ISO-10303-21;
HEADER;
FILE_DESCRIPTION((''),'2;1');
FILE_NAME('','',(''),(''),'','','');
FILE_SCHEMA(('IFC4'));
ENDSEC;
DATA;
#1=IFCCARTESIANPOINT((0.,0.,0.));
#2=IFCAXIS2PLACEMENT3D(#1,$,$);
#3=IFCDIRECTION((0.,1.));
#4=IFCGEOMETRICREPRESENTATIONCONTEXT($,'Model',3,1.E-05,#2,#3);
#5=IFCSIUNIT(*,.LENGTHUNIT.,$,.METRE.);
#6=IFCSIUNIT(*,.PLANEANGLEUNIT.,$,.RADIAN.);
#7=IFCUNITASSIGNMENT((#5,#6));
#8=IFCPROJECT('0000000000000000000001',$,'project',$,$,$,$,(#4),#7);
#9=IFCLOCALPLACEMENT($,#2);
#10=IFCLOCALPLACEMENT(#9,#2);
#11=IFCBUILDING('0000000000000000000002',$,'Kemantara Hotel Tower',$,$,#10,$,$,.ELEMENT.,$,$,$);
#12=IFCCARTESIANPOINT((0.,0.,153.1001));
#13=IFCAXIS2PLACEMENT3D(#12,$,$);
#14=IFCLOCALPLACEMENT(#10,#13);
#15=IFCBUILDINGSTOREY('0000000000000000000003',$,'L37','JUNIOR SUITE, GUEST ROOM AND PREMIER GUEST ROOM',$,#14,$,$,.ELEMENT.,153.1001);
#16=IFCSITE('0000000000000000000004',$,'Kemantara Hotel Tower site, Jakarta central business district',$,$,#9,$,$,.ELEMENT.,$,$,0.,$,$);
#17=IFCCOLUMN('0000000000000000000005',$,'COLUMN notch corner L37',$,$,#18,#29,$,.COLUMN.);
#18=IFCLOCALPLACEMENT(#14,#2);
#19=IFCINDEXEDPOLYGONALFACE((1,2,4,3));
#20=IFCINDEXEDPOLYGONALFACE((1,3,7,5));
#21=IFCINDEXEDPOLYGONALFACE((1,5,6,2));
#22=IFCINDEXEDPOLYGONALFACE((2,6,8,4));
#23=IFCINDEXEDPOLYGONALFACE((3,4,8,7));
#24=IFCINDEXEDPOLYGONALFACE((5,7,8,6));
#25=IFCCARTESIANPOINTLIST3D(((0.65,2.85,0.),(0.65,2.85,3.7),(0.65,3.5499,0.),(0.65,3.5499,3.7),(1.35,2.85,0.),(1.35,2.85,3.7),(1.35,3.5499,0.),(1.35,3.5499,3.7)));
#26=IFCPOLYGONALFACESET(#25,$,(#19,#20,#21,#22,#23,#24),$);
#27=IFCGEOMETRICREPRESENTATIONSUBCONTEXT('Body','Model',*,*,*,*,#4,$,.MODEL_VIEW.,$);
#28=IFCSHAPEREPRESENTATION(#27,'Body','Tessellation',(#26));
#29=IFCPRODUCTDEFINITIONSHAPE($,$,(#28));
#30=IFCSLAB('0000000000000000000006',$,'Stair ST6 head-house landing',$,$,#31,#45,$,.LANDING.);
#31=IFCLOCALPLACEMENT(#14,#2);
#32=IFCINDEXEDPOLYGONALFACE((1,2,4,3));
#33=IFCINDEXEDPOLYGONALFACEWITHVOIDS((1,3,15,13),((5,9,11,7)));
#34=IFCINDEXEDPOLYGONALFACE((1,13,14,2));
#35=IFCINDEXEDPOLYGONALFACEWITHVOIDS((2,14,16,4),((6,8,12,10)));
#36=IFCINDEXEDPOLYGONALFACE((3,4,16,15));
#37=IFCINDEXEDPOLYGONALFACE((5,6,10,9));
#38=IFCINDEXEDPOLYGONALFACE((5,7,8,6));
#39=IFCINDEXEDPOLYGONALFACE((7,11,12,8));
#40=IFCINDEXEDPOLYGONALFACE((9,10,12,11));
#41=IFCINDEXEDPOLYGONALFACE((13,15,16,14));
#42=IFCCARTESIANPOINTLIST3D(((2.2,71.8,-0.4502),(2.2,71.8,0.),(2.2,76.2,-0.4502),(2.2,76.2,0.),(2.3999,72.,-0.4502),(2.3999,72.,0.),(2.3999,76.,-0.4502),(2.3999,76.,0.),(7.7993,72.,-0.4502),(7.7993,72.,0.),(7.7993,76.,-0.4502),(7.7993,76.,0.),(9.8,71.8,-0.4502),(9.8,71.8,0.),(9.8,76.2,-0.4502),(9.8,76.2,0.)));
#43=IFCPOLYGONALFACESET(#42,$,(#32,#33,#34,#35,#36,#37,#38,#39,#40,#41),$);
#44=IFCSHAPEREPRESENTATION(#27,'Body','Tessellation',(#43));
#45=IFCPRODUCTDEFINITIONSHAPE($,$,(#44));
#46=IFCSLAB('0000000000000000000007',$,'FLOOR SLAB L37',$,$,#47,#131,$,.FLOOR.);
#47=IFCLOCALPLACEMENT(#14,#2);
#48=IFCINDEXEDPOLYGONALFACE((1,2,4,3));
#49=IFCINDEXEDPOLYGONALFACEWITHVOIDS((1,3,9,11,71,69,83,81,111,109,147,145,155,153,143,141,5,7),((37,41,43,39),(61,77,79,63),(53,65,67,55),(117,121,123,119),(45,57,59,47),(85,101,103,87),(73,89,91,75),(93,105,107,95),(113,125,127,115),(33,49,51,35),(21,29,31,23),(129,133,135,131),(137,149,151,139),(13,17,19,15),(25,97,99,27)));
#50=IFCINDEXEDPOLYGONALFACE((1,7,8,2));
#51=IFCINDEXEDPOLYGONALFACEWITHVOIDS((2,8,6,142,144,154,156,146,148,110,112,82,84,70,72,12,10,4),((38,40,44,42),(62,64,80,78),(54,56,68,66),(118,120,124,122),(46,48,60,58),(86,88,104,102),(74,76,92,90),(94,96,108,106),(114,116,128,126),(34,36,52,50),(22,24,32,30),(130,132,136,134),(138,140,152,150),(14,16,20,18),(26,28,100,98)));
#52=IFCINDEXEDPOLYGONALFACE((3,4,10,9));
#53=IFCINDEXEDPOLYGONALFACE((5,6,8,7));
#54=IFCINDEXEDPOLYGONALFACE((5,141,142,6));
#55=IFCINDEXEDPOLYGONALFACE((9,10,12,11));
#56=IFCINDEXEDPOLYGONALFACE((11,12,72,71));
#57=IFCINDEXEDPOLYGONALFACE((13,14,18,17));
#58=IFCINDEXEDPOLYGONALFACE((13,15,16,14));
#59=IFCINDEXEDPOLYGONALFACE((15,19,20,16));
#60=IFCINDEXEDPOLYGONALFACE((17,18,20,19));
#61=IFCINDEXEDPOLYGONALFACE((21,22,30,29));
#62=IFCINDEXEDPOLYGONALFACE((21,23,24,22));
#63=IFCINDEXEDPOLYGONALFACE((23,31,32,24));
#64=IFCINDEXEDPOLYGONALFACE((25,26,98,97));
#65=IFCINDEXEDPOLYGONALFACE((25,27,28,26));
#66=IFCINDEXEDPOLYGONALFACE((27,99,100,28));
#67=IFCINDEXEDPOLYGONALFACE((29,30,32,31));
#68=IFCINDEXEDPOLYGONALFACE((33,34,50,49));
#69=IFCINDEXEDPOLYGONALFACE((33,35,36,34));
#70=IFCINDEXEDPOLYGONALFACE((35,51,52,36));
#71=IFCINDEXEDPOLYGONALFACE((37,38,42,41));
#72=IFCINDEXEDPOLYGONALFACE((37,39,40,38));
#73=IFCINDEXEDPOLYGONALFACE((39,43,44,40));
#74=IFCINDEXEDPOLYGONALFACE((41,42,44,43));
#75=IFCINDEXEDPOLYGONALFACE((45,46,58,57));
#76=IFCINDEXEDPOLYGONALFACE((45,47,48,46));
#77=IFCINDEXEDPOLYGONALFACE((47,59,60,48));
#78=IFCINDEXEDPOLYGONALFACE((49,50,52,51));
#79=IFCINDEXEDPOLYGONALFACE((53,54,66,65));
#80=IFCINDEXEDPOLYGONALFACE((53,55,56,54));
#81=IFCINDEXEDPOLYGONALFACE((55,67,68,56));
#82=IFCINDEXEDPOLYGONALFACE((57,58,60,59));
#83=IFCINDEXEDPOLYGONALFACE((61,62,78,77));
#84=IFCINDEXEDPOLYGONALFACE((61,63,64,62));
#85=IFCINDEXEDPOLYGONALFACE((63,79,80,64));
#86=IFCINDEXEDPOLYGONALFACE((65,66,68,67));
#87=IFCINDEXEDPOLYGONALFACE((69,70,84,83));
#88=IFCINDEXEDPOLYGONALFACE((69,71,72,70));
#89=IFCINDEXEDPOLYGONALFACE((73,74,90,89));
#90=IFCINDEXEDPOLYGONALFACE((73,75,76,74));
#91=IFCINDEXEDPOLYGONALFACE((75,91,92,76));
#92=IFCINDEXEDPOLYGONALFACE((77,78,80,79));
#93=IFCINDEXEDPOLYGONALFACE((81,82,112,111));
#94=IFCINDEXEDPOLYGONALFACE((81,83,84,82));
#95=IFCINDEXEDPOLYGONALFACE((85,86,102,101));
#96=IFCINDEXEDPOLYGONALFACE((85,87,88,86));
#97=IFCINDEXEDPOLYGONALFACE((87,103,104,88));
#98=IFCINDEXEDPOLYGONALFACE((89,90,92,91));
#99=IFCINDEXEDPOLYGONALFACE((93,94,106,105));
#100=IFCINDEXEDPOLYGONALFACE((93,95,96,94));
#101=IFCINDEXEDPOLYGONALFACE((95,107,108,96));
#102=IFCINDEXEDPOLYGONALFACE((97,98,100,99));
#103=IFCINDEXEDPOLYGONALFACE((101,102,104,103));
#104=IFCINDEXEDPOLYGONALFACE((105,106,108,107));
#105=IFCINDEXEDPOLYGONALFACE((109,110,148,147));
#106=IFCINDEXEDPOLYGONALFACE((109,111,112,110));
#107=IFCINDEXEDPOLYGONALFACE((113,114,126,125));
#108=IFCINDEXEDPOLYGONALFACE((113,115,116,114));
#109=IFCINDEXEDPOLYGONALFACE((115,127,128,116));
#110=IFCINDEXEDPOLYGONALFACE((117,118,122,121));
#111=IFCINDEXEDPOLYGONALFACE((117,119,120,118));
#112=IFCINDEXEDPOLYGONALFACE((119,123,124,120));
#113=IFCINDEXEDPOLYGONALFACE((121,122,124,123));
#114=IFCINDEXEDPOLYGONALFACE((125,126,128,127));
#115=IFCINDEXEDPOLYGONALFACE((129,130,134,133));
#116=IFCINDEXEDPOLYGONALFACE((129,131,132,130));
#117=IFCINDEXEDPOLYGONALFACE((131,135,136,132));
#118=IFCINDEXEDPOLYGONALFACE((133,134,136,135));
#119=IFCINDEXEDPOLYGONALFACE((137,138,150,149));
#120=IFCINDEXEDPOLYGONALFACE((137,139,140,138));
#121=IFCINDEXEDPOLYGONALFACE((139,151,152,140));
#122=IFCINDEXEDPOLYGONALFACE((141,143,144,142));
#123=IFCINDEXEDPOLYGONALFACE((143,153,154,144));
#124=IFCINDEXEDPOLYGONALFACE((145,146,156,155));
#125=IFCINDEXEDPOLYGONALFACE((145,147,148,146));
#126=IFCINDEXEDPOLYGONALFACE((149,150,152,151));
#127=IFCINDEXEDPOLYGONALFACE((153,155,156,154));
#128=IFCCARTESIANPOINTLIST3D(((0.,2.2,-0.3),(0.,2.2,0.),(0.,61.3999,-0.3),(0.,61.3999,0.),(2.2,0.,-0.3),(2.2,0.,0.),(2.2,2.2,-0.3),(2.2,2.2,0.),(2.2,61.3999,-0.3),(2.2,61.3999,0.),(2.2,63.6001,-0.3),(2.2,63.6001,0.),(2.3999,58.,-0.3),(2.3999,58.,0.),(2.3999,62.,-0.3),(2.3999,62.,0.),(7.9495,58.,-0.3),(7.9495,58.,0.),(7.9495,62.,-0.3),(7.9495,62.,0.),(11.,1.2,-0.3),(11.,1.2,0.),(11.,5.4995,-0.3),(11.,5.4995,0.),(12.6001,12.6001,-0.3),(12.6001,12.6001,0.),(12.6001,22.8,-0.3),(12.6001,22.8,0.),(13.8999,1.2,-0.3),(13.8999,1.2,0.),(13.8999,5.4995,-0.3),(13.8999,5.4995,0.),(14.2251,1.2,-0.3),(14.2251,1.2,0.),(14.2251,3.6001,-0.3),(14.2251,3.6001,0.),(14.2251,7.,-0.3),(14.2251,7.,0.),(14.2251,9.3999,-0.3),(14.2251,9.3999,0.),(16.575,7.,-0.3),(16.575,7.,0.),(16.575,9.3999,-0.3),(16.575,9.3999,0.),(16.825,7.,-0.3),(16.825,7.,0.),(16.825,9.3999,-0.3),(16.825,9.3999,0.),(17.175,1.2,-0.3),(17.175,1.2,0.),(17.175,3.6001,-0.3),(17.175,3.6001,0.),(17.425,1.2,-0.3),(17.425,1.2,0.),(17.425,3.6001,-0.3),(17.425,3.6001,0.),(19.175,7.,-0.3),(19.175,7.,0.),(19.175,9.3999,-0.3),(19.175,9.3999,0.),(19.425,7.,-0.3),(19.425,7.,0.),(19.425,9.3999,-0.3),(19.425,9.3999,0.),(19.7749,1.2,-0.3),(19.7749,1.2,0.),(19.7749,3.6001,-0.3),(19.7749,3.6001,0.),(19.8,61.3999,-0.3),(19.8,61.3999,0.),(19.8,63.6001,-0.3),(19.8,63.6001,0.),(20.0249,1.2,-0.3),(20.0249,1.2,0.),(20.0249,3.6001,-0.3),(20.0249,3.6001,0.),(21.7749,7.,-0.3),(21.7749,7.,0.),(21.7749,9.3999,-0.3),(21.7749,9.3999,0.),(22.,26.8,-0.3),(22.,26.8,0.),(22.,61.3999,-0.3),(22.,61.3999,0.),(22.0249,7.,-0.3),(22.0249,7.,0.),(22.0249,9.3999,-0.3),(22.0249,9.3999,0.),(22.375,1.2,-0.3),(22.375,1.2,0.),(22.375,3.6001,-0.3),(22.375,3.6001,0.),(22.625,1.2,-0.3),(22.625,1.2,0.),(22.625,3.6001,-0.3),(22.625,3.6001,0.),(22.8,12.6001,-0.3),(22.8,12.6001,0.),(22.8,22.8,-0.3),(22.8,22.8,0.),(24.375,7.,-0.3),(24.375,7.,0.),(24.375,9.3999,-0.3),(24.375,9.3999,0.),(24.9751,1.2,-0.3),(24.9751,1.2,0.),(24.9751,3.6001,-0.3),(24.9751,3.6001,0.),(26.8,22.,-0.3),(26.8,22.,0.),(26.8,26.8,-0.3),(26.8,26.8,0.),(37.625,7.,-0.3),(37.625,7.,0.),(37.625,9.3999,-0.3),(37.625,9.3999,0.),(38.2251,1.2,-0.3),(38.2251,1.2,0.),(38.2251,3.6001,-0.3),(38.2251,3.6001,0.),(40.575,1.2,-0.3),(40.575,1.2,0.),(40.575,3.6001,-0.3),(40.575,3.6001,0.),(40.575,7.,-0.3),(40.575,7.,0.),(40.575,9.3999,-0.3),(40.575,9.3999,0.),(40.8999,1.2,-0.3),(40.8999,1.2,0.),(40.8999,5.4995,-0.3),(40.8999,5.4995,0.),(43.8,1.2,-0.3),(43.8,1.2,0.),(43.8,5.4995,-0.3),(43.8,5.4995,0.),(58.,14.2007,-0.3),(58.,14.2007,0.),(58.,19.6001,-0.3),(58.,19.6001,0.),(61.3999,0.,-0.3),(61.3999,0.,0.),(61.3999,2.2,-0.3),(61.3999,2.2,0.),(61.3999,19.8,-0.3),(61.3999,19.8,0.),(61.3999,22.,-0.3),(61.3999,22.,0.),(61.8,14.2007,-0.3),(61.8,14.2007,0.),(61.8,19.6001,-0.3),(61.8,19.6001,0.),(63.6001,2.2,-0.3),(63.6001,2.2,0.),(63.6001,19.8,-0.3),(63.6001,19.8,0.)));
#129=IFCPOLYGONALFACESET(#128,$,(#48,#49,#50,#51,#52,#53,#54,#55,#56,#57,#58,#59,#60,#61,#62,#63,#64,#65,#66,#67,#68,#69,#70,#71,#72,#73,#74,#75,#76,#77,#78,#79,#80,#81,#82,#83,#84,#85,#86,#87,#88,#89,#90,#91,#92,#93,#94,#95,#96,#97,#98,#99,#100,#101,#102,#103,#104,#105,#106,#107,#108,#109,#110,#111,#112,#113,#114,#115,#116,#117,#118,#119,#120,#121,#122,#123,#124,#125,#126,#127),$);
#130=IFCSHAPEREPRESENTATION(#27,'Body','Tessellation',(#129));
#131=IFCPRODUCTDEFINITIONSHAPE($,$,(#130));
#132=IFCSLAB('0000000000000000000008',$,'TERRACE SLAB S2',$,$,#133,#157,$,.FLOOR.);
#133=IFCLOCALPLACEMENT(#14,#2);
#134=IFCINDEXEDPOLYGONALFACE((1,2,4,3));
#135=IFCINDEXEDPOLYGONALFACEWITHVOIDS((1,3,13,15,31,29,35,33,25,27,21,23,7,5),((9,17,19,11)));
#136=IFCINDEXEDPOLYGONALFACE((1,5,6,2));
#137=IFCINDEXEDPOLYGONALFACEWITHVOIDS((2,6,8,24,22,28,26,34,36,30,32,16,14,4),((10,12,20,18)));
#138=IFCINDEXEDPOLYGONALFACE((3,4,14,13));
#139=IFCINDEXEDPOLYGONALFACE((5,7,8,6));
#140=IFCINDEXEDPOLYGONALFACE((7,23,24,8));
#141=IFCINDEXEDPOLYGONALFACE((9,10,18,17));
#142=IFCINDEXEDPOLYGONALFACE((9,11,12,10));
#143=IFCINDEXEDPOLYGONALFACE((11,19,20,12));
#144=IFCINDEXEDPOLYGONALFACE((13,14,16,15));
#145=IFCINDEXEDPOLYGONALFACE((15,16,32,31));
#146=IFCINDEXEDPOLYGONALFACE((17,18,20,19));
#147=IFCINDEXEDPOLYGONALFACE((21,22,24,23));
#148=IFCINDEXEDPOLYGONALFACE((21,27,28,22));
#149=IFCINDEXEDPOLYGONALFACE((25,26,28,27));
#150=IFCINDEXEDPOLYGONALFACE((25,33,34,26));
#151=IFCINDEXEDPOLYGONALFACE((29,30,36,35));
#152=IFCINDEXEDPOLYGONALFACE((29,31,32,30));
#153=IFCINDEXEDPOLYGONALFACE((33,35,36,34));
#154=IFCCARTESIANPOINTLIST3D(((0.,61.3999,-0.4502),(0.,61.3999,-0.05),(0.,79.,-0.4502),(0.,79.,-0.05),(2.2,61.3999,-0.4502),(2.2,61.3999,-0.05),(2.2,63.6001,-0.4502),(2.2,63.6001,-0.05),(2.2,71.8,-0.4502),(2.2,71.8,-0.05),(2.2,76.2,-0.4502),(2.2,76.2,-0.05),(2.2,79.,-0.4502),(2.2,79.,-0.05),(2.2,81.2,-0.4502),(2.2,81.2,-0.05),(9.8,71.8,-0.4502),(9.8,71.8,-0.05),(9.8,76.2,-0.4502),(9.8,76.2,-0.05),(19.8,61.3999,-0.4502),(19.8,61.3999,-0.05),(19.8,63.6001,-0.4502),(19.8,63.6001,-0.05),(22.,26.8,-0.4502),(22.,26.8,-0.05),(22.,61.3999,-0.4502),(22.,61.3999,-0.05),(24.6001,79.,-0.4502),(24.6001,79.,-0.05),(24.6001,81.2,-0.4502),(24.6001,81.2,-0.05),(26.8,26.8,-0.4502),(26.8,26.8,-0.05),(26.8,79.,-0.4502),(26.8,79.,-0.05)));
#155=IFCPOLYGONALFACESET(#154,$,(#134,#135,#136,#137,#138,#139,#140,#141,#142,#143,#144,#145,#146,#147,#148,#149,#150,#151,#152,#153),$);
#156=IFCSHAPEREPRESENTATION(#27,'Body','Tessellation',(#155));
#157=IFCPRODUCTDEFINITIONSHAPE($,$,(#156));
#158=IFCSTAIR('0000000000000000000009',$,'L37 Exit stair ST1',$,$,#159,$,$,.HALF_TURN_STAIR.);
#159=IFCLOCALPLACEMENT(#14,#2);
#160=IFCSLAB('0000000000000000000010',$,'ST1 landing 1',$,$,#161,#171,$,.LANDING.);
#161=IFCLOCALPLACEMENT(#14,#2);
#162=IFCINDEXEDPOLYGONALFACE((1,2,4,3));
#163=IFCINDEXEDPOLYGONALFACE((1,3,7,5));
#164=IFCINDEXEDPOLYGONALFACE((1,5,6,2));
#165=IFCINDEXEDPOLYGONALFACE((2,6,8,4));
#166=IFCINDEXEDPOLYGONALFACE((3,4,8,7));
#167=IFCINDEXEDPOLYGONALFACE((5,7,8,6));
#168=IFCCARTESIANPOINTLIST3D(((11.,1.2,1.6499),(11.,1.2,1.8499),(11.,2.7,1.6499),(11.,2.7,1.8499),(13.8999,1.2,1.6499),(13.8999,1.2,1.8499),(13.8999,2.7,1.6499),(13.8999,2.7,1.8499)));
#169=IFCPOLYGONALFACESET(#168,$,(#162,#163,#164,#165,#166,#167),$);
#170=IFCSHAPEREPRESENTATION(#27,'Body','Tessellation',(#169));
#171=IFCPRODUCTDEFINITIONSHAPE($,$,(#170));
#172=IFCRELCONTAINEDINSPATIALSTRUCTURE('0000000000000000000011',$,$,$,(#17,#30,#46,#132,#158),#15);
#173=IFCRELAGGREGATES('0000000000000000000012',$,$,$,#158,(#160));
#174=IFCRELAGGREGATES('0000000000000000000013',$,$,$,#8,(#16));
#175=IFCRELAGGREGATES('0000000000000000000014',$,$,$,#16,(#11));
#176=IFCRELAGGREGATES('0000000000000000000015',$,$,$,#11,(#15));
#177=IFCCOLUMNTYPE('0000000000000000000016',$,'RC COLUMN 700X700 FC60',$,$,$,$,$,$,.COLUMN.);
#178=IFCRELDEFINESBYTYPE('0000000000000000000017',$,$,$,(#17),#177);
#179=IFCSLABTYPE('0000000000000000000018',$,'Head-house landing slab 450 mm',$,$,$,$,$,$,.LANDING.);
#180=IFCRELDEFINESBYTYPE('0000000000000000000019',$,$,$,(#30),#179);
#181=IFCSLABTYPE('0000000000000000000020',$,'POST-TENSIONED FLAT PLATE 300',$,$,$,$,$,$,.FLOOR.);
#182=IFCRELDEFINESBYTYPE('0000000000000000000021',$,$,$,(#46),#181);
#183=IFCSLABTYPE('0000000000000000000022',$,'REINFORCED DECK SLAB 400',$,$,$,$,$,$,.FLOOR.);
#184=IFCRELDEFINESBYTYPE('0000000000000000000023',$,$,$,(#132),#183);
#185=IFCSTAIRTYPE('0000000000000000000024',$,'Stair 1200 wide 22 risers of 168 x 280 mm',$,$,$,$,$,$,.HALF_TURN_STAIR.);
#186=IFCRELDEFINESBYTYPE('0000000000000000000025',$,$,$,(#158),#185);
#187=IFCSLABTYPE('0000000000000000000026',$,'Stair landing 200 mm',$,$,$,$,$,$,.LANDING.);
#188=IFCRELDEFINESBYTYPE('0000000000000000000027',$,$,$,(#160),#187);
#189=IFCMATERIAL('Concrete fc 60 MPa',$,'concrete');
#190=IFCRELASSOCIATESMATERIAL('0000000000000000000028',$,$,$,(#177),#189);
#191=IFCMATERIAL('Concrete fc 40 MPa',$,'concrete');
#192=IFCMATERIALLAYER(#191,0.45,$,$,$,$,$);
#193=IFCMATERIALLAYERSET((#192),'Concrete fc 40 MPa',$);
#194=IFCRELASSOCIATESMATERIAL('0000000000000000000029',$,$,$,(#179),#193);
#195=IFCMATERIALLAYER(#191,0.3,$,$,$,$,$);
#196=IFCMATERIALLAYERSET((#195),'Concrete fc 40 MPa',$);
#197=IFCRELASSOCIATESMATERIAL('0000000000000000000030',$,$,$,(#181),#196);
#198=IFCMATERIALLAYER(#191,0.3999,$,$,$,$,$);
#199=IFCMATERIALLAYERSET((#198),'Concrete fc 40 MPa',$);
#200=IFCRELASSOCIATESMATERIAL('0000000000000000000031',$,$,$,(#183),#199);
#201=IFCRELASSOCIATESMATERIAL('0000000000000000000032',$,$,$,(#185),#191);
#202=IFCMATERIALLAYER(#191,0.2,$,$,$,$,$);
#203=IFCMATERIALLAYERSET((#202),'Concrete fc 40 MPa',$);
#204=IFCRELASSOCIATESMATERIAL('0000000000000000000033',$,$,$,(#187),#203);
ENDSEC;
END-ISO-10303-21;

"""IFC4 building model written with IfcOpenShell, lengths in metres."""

from ifc_helpers import new_model, si_unit, direction, frame, origin, origin_2d, place, context, subcontext, project, spatial, polyline, rectangle, outline, extrude, material, layer, layer_set, material_profile, profile_set, type_object, element, aggregate, save


model = new_model("IFC4")

# Units and contexts
model_context = context("Model", 3, precision=1e-05, world=origin(), true_north=direction((0.0, 1.0)))
body_context = subcontext(model_context, "Body", "Model", "MODEL_VIEW")
ifc_project = project(units=[si_unit("LENGTHUNIT", "METRE"), si_unit("PLANEANGLEUNIT", "RADIAN")], contexts=[model_context])

# Site, building, storey
site_placement = place(None, origin())
site = spatial("IfcSite", under=ifc_project, at=site_placement, Name="Kemantara Hotel Tower site, Jakarta central business district", CompositionType="ELEMENT", RefElevation=0.0)
building_placement = place(site_placement, origin())
building = spatial("IfcBuilding", under=site, at=building_placement, Name="Kemantara Hotel Tower", CompositionType="ELEMENT")
storey_placement = place(building_placement, frame((0.0, 0.0, 153.1001)))
storey = spatial("IfcBuildingStorey", under=building, at=storey_placement, Name="L37", Description="JUNIOR SUITE, GUEST ROOM AND PREMIER GUEST ROOM", CompositionType="ELEMENT", Elevation=153.1001)

# Column
ifc_material_1 = material(Name="Concrete fc 60 MPa", Category="concrete")
ifc_material_profile = material_profile(ifc_material_1, rectangle(XDim=0.7, YDim=0.7, at=origin_2d()), Name="RC 700X700")
ifc_profile_set = profile_set([ifc_material_profile], Name="Concrete fc 60 MPa")
column_type = type_object("IfcColumnType", Name="RC COLUMN 700X700 FC60", PredefinedType="COLUMN", material=ifc_profile_set)
column_placement = place(storey_placement, frame((1.0, 3.2, 0.0), z_axis=(0.0, 0.0, 1.0), x_axis=(1.0, 0.0, 0.0)))
element("IfcColumn", 1, at=column_placement, inside=storey, type_object=column_type, Name="COLUMN notch corner L37", PredefinedType="COLUMN", context=body_context, shape_type="SweptSolid", body=[
    extrude(rectangle(XDim=0.7, YDim=0.7, at=origin_2d()), origin(), (0.0, 0.0, 1.0), 3.7),
])

# Slabs
ifc_material_2 = material(Name="Concrete fc 40 MPa", Category="concrete")
ifc_layer_1 = layer(ifc_material_2, 0.45)
ifc_layer_set_1 = layer_set([ifc_layer_1], Name="Concrete fc 40 MPa")
slab_type_1 = type_object("IfcSlabType", Name="Head-house landing slab 450 mm", PredefinedType="LANDING", material=ifc_layer_set_1)
slab_1_placement = place(storey_placement, frame((0.0, 0.0, -0.4502)))
element("IfcSlab", 2, at=slab_1_placement, inside=storey, type_object=slab_type_1, Name="Stair ST6 head-house landing", PredefinedType="LANDING", context=body_context, shape_type="SweptSolid", body=[
    extrude(outline(polyline([(2.2, 71.8), (9.8, 71.8), (9.8, 76.2), (2.2, 76.2), (2.2, 71.8)]), holes=[polyline([(7.7993, 76.0), (7.7993, 72.0), (2.3999, 72.0), (2.3999, 76.0), (7.7993, 76.0)])]), origin(), (0.0, 0.0, 1.0), 0.4502),
])
ifc_layer_2 = layer(ifc_material_2, 0.3)
ifc_layer_set_2 = layer_set([ifc_layer_2], Name="Concrete fc 40 MPa")
slab_type_2 = type_object("IfcSlabType", Name="POST-TENSIONED FLAT PLATE 300", PredefinedType="FLOOR", material=ifc_layer_set_2)
slab_2_placement = place(storey_placement, frame((0.0, 0.0, -0.3)))
element("IfcSlab", 3, at=slab_2_placement, inside=storey, type_object=slab_type_2, Name="FLOOR SLAB L37", PredefinedType="FLOOR", context=body_context, shape_type="SweptSolid", body=[
    extrude(outline(polyline([(22.0, 26.8), (22.0, 61.3999), (19.8, 61.3999), (19.8, 63.6001), (2.2, 63.6001), (2.2, 61.3999), (0.0, 61.3999), (0.0, 2.2), (2.2, 2.2), (2.2, 0.0), (61.3999, 0.0), (61.3999, 2.2), (63.6001, 2.2), (63.6001, 19.8), (61.3999, 19.8), (61.3999, 22.0), (26.8, 22.0), (26.8, 26.8), (22.0, 26.8)]), holes=[polyline([(17.175, 3.6001), (17.175, 1.2), (14.2251, 1.2), (14.2251, 3.6001), (17.175, 3.6001)]), polyline([(19.7749, 1.2), (17.425, 1.2), (17.425, 3.6001), (19.7749, 3.6001), (19.7749, 1.2)]), polyline([(11.0, 1.2), (11.0, 5.4995), (13.8999, 5.4995), (13.8999, 1.2), (11.0, 1.2)]), polyline([(16.575, 7.0), (14.2251, 7.0), (14.2251, 9.3999), (16.575, 9.3999), (16.575, 7.0)]), polyline([(19.175, 7.0), (16.825, 7.0), (16.825, 9.3999), (19.175, 9.3999), (19.175, 7.0)]), polyline([(21.7749, 7.0), (19.425, 7.0), (19.425, 9.3999), (21.7749, 9.3999), (21.7749, 7.0)]), polyline([(22.8, 12.6001), (12.6001, 12.6001), (12.6001, 22.8), (22.8, 22.8), (22.8, 12.6001)]), polyline([(2.3999, 62.0), (7.9495, 62.0), (7.9495, 58.0), (2.3999, 58.0), (2.3999, 62.0)]), polyline([(22.375, 1.2), (20.0249, 1.2), (20.0249, 3.6001), (22.375, 3.6001), (22.375, 1.2)]), polyline([(24.9751, 1.2), (22.625, 1.2), (22.625, 3.6001), (24.9751, 3.6001), (24.9751, 1.2)]), polyline([(40.575, 1.2), (38.2251, 1.2), (38.2251, 3.6001), (40.575, 3.6001), (40.575, 1.2)]), polyline([(40.8999, 1.2), (40.8999, 5.4995), (43.8, 5.4995), (43.8, 1.2), (40.8999, 1.2)]), polyline([(24.375, 7.0), (22.0249, 7.0), (22.0249, 9.3999), (24.375, 9.3999), (24.375, 7.0)]), polyline([(40.575, 7.0), (37.625, 7.0), (37.625, 9.3999), (40.575, 9.3999), (40.575, 7.0)]), polyline([(61.8, 19.6001), (61.8, 14.2007), (58.0, 14.2007), (58.0, 19.6001), (61.8, 19.6001)])]), origin(), (0.0, 0.0, 1.0), 0.3),
])
ifc_layer_3 = layer(ifc_material_2, 0.3999)
ifc_layer_set_3 = layer_set([ifc_layer_3], Name="Concrete fc 40 MPa")
slab_type_3 = type_object("IfcSlabType", Name="REINFORCED DECK SLAB 400", PredefinedType="FLOOR", material=ifc_layer_set_3)
slab_3_placement = place(storey_placement, frame((0.0, 0.0, -0.4502)))
element("IfcSlab", 4, at=slab_3_placement, inside=storey, type_object=slab_type_3, Name="TERRACE SLAB S2", PredefinedType="FLOOR", context=body_context, shape_type="SweptSolid", body=[
    extrude(outline(polyline([(0.0, 79.0), (0.0, 61.3999), (2.2, 61.3999), (2.2, 63.6001), (19.8, 63.6001), (19.8, 61.3999), (22.0, 61.3999), (22.0, 26.8), (26.8, 26.8), (26.8, 79.0), (24.6001, 79.0), (24.6001, 81.2), (2.2, 81.2), (2.2, 79.0), (0.0, 79.0)]), holes=[polyline([(9.8, 71.8), (2.2, 71.8), (2.2, 76.2), (9.8, 76.2), (9.8, 71.8)])]), origin(), (0.0, 0.0, 1.0), 0.4001),
])

# Stair, slab
stair_type_1 = type_object("IfcStairType", Name="Stair 1200 wide 22 risers of 168 x 280 mm", PredefinedType="HALF_TURN_STAIR", material=ifc_material_2)
stair_1_placement = place(storey_placement, origin())
stair_1 = element("IfcStair", 5, at=stair_1_placement, inside=storey, type_object=stair_type_1, Name="L37 Exit stair ST1", PredefinedType="HALF_TURN_STAIR")
ifc_layer_4 = layer(ifc_material_2, 0.2)
ifc_layer_set_4 = layer_set([ifc_layer_4], Name="Concrete fc 40 MPa")
slab_type_4 = type_object("IfcSlabType", Name="Stair landing 200 mm", PredefinedType="LANDING", material=ifc_layer_set_4)
slab_4_placement = place(storey_placement, frame((0.0, 0.0, 1.6499)))
slab_4 = element("IfcSlab", 6, at=slab_4_placement, type_object=slab_type_4, Name="ST1 landing 1", PredefinedType="LANDING", context=body_context, shape_type="SweptSolid", body=[
    extrude(outline(polyline([(11.0, 2.7), (11.0, 1.2), (13.8999, 1.2), (13.8999, 2.7), (11.0, 2.7)])), origin(), (0.0, 0.0, 1.0), 0.2),
])

aggregate(stair_1, [slab_4])

save(model, "model.ifc")
